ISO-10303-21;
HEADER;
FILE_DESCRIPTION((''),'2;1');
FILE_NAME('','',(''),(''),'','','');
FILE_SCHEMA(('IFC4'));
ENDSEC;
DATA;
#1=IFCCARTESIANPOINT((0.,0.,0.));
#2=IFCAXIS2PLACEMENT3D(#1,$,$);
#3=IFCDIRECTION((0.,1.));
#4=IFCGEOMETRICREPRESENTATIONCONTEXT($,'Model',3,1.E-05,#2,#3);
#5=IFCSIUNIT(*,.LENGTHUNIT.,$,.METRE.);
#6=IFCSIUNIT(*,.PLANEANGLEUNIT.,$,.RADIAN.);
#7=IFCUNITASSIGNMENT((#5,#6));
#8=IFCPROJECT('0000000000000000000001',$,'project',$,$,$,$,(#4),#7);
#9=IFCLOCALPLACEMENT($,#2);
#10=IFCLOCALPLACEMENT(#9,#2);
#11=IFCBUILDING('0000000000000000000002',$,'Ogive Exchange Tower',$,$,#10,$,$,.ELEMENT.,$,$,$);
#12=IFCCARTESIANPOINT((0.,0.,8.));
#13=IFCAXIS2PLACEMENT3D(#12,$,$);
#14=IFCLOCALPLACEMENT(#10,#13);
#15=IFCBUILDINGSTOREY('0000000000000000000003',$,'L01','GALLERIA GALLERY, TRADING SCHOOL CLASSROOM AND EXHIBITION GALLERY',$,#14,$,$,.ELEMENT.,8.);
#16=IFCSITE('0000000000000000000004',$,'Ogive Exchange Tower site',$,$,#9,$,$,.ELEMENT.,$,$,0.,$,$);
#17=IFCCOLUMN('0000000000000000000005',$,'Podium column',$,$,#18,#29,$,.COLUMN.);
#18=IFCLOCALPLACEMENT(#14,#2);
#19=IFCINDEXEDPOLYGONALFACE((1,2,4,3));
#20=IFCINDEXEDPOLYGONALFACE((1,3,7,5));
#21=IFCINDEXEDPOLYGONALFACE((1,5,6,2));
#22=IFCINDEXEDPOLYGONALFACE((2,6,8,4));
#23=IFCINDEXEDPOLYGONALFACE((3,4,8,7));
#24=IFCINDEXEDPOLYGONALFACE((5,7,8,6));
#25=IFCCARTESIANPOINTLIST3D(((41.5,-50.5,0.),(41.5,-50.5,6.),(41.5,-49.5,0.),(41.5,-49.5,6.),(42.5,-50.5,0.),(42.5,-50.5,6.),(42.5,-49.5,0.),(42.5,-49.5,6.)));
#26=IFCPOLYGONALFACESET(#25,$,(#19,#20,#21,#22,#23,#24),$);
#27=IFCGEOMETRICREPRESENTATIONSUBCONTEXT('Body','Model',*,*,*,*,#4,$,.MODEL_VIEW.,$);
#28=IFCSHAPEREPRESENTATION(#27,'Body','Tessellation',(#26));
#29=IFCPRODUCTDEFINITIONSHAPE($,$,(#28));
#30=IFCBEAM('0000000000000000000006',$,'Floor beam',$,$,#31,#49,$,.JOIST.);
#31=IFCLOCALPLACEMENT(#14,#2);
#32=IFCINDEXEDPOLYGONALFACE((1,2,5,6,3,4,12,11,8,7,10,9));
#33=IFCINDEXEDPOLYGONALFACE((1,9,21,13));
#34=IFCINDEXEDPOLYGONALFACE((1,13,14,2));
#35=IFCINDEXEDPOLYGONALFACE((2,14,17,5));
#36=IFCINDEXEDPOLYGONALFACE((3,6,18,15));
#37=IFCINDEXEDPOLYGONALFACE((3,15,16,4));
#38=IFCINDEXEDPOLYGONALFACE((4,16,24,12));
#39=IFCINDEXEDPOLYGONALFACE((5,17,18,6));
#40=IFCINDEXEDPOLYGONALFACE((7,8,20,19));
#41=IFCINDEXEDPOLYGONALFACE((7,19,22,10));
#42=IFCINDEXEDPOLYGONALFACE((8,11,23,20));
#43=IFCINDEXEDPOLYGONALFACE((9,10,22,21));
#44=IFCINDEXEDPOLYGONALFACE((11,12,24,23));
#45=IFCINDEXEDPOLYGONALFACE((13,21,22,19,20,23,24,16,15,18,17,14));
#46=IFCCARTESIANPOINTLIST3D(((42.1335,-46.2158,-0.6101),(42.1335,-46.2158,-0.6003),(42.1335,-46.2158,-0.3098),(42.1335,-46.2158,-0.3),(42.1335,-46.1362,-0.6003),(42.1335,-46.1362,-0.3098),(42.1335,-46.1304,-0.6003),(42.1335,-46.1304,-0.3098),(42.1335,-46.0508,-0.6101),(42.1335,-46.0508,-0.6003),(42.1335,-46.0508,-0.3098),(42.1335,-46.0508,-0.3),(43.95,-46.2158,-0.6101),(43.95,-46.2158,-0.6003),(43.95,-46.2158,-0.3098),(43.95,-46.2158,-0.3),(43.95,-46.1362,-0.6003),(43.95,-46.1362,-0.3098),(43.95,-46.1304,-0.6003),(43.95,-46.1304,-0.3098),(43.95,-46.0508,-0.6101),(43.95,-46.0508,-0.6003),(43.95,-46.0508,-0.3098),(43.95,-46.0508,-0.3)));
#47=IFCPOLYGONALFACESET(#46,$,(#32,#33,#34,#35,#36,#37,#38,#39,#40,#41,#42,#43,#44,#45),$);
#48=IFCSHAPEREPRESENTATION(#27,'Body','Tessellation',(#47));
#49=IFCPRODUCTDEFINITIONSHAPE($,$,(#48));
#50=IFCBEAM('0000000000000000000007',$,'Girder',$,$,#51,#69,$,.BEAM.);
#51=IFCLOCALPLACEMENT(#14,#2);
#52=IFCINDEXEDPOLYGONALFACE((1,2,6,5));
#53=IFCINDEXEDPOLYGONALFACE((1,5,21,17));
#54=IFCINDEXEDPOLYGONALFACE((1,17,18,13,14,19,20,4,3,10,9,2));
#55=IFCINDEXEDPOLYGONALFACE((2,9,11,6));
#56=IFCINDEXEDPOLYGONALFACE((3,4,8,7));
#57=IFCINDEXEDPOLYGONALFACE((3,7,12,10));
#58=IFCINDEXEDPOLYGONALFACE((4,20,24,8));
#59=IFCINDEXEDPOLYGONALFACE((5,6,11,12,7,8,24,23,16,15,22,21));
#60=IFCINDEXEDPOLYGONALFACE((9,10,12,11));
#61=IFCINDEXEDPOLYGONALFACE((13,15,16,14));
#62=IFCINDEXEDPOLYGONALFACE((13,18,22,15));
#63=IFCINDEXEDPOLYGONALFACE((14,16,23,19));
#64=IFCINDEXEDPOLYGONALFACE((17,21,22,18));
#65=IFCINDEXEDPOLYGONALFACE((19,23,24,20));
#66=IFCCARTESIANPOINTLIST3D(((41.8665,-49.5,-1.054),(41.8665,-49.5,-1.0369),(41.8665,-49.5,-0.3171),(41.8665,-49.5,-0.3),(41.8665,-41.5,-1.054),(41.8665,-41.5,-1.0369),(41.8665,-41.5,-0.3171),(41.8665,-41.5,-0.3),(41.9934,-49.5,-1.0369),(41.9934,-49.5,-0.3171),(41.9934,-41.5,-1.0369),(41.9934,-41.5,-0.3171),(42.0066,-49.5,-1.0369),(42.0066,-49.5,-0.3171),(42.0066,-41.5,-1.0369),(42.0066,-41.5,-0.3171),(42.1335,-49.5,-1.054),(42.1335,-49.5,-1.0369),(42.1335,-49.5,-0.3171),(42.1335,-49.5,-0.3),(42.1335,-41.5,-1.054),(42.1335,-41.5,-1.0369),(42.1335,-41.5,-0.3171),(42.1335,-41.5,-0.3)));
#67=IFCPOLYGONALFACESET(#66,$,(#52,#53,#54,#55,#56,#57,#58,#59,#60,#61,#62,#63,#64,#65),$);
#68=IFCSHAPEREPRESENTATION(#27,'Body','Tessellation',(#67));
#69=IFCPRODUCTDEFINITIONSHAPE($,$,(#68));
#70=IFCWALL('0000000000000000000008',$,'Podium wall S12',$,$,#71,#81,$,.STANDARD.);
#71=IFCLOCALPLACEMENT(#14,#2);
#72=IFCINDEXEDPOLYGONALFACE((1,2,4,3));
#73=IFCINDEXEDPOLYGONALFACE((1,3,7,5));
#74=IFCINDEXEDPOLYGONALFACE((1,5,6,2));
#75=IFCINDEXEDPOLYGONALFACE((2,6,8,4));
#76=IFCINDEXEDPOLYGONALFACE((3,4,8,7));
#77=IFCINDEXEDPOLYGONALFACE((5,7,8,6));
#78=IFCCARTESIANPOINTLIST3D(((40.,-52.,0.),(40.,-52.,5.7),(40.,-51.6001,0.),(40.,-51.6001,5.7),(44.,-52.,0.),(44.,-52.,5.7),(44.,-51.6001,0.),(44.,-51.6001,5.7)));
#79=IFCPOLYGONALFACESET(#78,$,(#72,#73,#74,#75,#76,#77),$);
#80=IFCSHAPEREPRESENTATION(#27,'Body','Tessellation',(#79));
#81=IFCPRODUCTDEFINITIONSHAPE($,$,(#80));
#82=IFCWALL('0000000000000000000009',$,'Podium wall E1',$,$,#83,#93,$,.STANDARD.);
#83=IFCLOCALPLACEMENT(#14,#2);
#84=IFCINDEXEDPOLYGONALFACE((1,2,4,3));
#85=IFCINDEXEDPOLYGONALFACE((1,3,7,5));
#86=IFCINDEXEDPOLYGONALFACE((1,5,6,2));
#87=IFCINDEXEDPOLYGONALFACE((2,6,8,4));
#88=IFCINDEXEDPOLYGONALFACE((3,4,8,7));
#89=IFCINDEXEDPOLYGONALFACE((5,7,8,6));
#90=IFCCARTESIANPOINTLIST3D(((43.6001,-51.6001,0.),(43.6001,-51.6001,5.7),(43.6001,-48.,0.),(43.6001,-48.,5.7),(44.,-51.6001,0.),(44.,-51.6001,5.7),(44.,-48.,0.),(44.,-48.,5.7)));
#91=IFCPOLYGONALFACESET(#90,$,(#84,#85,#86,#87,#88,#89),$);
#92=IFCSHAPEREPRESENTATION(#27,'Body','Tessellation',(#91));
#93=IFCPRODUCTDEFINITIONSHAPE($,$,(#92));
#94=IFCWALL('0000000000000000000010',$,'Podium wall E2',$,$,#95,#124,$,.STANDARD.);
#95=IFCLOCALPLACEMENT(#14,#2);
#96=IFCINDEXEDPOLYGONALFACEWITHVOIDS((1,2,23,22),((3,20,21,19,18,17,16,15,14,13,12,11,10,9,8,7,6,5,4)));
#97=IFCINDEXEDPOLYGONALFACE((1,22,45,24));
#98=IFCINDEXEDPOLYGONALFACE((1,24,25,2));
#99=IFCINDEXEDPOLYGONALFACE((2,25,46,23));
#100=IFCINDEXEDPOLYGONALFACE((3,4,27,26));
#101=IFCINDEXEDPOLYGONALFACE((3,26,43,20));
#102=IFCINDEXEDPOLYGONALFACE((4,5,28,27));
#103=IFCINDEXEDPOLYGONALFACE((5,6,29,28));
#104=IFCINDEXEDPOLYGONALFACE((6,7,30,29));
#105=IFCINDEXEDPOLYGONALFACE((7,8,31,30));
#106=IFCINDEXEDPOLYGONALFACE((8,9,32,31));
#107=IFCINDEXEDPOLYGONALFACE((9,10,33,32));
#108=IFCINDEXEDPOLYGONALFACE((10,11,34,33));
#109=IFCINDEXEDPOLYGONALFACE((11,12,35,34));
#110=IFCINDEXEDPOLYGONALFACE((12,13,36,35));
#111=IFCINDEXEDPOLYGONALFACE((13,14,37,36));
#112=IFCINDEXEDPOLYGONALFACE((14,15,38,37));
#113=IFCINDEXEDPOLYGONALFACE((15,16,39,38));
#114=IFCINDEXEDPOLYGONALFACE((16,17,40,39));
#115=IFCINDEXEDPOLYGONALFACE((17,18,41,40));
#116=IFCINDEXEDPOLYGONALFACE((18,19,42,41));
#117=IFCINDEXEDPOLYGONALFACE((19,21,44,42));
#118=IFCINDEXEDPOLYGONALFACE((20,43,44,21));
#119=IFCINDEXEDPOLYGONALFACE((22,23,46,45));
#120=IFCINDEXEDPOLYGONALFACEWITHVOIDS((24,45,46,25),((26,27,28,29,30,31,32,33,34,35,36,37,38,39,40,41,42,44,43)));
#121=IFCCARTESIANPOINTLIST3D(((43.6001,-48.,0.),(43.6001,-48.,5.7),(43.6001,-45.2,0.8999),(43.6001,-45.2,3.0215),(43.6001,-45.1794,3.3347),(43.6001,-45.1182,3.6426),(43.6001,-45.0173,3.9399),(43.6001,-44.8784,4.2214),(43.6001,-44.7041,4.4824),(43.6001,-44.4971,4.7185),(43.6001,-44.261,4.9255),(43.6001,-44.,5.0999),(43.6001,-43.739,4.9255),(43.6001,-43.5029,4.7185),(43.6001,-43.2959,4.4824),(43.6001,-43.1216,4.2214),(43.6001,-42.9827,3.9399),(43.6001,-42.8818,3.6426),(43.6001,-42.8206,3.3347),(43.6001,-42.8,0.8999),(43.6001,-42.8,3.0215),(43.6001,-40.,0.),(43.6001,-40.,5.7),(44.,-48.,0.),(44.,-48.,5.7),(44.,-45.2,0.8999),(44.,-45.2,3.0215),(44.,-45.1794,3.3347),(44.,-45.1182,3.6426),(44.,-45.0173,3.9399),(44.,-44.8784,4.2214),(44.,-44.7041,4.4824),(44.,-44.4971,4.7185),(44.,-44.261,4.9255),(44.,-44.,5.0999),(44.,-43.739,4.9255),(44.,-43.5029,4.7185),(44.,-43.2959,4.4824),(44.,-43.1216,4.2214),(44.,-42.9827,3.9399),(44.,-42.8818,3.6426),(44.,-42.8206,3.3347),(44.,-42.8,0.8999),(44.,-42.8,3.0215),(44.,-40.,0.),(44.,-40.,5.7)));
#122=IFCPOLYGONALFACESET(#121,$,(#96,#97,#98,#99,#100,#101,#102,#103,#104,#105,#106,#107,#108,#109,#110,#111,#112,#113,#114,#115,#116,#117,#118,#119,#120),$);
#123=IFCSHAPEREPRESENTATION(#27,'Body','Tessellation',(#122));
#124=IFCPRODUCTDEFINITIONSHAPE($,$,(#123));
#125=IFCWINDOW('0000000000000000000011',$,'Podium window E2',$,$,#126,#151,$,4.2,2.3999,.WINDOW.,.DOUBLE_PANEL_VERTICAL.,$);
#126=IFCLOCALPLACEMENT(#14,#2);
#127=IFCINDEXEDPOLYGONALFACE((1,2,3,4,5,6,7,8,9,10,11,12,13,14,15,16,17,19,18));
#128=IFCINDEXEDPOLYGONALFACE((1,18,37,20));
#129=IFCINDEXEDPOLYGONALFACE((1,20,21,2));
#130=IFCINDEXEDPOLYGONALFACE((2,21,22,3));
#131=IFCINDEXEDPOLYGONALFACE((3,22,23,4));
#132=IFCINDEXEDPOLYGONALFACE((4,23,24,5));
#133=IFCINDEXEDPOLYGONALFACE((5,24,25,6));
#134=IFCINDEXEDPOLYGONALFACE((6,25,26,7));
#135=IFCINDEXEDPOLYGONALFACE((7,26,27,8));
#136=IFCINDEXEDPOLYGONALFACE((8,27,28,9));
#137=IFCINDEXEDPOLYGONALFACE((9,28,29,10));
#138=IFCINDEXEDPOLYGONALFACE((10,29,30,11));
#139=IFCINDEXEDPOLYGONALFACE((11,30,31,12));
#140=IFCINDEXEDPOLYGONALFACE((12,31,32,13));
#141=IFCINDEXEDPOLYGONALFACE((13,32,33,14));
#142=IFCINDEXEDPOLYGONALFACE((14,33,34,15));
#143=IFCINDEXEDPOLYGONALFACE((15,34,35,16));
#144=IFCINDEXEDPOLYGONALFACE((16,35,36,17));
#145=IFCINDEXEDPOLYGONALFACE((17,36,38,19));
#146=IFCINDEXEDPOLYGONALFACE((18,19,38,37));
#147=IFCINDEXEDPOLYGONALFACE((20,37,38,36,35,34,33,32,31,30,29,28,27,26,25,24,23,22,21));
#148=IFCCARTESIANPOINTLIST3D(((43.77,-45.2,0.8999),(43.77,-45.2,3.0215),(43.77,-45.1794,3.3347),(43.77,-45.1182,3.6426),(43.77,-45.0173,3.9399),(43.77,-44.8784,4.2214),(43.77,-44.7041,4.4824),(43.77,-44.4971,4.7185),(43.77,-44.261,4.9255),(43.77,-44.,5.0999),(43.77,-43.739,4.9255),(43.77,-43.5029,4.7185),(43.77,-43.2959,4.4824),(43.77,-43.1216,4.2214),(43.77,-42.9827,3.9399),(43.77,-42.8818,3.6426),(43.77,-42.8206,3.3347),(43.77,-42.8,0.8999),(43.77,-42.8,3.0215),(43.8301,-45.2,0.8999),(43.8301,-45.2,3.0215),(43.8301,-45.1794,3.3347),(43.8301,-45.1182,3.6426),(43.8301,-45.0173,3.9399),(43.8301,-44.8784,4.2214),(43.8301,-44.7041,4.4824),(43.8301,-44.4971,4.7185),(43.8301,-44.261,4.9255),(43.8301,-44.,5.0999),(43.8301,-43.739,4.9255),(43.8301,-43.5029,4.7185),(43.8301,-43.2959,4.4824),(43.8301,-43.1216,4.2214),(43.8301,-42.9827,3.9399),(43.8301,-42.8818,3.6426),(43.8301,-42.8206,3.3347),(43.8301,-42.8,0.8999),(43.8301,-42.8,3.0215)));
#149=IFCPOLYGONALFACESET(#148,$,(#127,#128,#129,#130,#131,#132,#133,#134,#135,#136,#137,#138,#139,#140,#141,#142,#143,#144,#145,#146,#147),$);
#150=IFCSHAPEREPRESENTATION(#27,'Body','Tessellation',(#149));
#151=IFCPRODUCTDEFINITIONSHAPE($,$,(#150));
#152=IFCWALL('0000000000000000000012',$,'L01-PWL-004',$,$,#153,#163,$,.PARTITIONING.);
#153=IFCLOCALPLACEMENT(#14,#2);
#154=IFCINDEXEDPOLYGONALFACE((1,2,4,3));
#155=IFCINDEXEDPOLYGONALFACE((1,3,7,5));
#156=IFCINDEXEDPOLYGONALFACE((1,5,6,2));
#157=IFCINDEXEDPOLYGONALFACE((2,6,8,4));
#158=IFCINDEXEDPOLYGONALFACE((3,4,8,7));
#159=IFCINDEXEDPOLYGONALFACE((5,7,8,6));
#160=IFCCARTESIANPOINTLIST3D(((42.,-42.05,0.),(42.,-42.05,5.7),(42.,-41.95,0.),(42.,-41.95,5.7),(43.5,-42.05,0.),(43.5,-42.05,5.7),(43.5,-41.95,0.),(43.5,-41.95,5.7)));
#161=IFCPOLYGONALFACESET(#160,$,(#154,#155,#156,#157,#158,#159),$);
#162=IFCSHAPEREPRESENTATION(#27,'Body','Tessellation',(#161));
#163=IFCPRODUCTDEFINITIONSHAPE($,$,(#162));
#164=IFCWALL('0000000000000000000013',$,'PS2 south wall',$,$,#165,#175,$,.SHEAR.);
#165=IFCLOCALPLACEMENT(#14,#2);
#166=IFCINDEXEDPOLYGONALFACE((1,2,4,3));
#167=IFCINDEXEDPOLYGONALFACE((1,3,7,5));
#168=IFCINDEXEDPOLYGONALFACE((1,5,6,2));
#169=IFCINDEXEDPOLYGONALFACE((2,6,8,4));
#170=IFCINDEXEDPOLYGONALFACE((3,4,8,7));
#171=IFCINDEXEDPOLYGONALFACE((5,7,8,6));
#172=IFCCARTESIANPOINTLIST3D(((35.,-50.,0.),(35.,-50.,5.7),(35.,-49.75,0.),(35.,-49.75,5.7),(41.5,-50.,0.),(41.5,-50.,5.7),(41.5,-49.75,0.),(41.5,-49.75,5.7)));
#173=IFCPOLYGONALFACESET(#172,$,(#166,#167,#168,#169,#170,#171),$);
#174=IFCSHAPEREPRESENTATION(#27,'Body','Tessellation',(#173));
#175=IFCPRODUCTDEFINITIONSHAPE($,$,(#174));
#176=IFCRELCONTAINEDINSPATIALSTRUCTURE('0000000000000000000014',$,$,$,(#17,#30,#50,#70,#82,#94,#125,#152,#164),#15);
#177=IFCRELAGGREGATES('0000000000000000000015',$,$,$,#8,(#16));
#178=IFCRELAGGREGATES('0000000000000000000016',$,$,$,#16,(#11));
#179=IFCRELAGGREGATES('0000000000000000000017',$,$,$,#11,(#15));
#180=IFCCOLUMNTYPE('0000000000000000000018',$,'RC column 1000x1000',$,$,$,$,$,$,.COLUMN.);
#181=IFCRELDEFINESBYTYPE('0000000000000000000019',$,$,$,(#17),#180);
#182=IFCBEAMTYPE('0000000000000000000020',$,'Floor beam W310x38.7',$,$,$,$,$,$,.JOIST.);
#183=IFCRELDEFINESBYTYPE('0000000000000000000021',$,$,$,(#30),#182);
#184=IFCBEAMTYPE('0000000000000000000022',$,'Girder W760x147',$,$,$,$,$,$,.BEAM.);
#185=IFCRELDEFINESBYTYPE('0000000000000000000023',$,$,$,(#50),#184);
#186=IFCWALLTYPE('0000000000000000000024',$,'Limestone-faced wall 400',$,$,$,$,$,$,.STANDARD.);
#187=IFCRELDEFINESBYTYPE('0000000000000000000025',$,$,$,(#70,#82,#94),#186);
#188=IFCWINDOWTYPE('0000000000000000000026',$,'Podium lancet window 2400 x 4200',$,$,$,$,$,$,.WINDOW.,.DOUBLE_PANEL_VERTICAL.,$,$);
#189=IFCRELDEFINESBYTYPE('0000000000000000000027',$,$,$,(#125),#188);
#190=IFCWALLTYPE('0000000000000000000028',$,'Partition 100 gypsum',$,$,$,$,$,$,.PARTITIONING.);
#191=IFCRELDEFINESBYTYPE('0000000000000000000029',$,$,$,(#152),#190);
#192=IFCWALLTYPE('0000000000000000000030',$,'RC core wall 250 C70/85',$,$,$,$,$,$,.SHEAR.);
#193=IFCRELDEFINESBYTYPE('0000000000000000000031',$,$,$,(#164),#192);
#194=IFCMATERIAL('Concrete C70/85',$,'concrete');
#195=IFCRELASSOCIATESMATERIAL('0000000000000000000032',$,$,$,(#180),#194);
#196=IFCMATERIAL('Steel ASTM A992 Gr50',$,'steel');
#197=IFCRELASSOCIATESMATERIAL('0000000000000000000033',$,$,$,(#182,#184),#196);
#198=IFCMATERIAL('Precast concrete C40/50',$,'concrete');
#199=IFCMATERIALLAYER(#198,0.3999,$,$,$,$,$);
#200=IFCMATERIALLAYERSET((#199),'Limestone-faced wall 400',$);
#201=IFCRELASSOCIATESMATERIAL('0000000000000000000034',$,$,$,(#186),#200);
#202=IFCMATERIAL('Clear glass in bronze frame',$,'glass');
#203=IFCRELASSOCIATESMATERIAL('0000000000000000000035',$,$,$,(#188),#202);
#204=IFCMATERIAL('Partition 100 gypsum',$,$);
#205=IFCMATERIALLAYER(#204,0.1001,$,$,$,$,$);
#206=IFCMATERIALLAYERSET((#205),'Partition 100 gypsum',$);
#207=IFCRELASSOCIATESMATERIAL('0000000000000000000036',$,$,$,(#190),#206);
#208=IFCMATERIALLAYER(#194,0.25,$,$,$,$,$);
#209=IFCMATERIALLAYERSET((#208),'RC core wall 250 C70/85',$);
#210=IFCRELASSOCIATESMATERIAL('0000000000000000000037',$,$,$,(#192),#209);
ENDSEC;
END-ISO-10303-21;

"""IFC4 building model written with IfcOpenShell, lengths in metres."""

from ifc_helpers import new_model, si_unit, direction, frame, frame_2d, origin, origin_2d, place, context, subcontext, project, spatial, polyline, rectangle, i_section, outline, extrude, material, layer, layer_set, material_profile, profile_set, type_object, element, fill, save


model = new_model("IFC4")

# Units and contexts
model_context = context("Model", 3, precision=1e-05, world=origin(), true_north=direction((0.0, 1.0)))
body_context = subcontext(model_context, "Body", "Model", "MODEL_VIEW")
ifc_project = project(units=[si_unit("LENGTHUNIT", "METRE"), si_unit("PLANEANGLEUNIT", "RADIAN")], contexts=[model_context])

# Site, building, storey
site_placement = place(None, origin())
site = spatial("IfcSite", under=ifc_project, at=site_placement, Name="Ogive Exchange Tower site", CompositionType="ELEMENT", RefElevation=0.0)
building_placement = place(site_placement, origin())
building = spatial("IfcBuilding", under=site, at=building_placement, Name="Ogive Exchange Tower", CompositionType="ELEMENT")
storey_placement = place(building_placement, frame((0.0, 0.0, 8.0)))
storey = spatial("IfcBuildingStorey", under=building, at=storey_placement, Name="L01", Description="GALLERIA GALLERY, TRADING SCHOOL CLASSROOM AND EXHIBITION GALLERY", CompositionType="ELEMENT", Elevation=8.0)

# Column
ifc_material_1 = material(Name="Concrete C70/85", Category="concrete")
ifc_material_profile_1 = material_profile(ifc_material_1, rectangle(XDim=1.0, YDim=1.0, at=origin_2d()), Name="RC 1000x1000")
ifc_profile_set_1 = profile_set([ifc_material_profile_1], Name="Concrete C70/85")
column_type = type_object("IfcColumnType", Name="RC column 1000x1000", PredefinedType="COLUMN", material=ifc_profile_set_1)
column_placement = place(storey_placement, frame((42.0, -50.0, 0.0), z_axis=(0.0, 0.0, 1.0), x_axis=(1.0, 0.0, 0.0)))
element("IfcColumn", 1, at=column_placement, inside=storey, type_object=column_type, Name="Podium column", PredefinedType="COLUMN", context=body_context, shape_type="SweptSolid", body=[
    extrude(rectangle(XDim=1.0, YDim=1.0, at=origin_2d()), origin(), (0.0, 0.0, 1.0), 6.0),
])

# Beams
ifc_material_2 = material(Name="Steel ASTM A992 Gr50", Category="steel")
ifc_material_profile_2 = material_profile(ifc_material_2, i_section(OverallWidth=0.165, OverallDepth=0.3101, WebThickness=0.0059, FlangeThickness=0.0098, at=origin_2d()), Name="W310x38.7")
ifc_profile_set_2 = profile_set([ifc_material_profile_2], Name="Steel ASTM A992 Gr50")
beam_type_1 = type_object("IfcBeamType", Name="Floor beam W310x38.7", PredefinedType="JOIST", material=ifc_profile_set_2)
beam_1_placement = place(storey_placement, frame((42.1335, -46.1333, -0.4551), z_axis=(1.0, 0.0, 0.0), x_axis=(0.0, 1.0, 0.0)))
element("IfcBeam", 2, at=beam_1_placement, inside=storey, type_object=beam_type_1, Name="Floor beam", PredefinedType="JOIST", context=body_context, shape_type="SweptSolid", body=[
    extrude(i_section(OverallWidth=0.165, OverallDepth=0.3101, WebThickness=0.0059, FlangeThickness=0.0098, at=origin_2d()), origin(), (0.0, 0.0, 1.0), 1.8164),
])
ifc_material_profile_3 = material_profile(ifc_material_2, i_section(OverallWidth=0.2671, OverallDepth=0.7539, WebThickness=0.0132, FlangeThickness=0.0171, at=origin_2d()), Name="W760x147")
ifc_profile_set_3 = profile_set([ifc_material_profile_3], Name="Steel ASTM A992 Gr50")
beam_type_2 = type_object("IfcBeamType", Name="Girder W760x147", PredefinedType="BEAM", material=ifc_profile_set_3)
beam_2_placement = place(storey_placement, frame((42.0, -49.5, -0.677), z_axis=(0.0, 1.0, 0.0), x_axis=(-1.0, 0.0, 0.0)))
element("IfcBeam", 3, at=beam_2_placement, inside=storey, type_object=beam_type_2, Name="Girder", PredefinedType="BEAM", context=body_context, shape_type="SweptSolid", body=[
    extrude(i_section(OverallWidth=0.2671, OverallDepth=0.7539, WebThickness=0.0132, FlangeThickness=0.0171, at=origin_2d()), origin(), (0.0, 0.0, 1.0), 8.0),
])

# Walls
ifc_material_3 = material(Name="Precast concrete C40/50", Category="concrete")
ifc_layer_1 = layer(ifc_material_3, 0.3999)
ifc_layer_set_1 = layer_set([ifc_layer_1], Name="Limestone-faced wall 400")
wall_type_1 = type_object("IfcWallType", Name="Limestone-faced wall 400", PredefinedType="STANDARD", material=ifc_layer_set_1)
wall_1_placement = place(storey_placement, frame((40.0, -51.8, 0.0), z_axis=(0.0, 0.0, 1.0), x_axis=(1.0, 0.0, 0.0)))
element("IfcWall", 4, at=wall_1_placement, inside=storey, type_object=wall_type_1, Name="Podium wall S12", PredefinedType="STANDARD", context=body_context, shape_type="SweptSolid", body=[
    extrude(rectangle(XDim=4.0, YDim=0.3999, at=frame_2d((2.0, 0.0))), origin(), (0.0, 0.0, 1.0), 5.7),
])
wall_2_placement = place(storey_placement, frame((43.8, -51.6001, 0.0), z_axis=(0.0, 0.0, 1.0), x_axis=(0.0, 1.0, 0.0)))
element("IfcWall", 5, at=wall_2_placement, inside=storey, type_object=wall_type_1, Name="Podium wall E1", PredefinedType="STANDARD", context=body_context, shape_type="SweptSolid", body=[
    extrude(rectangle(XDim=3.6001, YDim=0.3999, at=frame_2d((1.8, 0.0))), origin(), (0.0, 0.0, 1.0), 5.7),
])

# Wall, opening, window
wall_3_placement = place(storey_placement, frame((43.8, -48.0, 0.0), z_axis=(0.0, 0.0, 1.0), x_axis=(0.0, 1.0, 0.0)))
wall_3 = element("IfcWall", 6, at=wall_3_placement, inside=storey, type_object=wall_type_1, Name="Podium wall E2", PredefinedType="STANDARD", context=body_context, shape_type="SweptSolid", body=[
    extrude(rectangle(XDim=8.0, YDim=0.3999, at=frame_2d((4.0, 0.0))), origin(), (0.0, 0.0, 1.0), 5.7),
])
opening_1_placement = place(wall_3_placement, frame((2.8, 0.0, 0.8999)))
opening_1 = element("IfcOpeningElement", 7, at=opening_1_placement, cuts=wall_3, PredefinedType="OPENING", context=body_context, shape_type="SweptSolid", body=[
    extrude(outline(polyline([(0.0, 0.0), (2.3999, 0.0), (2.3999, 2.1216), (2.3794, 2.4348), (2.3181, 2.7427), (2.2173, 3.04), (2.0784, 3.3215), (1.9041, 3.5825), (1.697, 3.8186), (1.4609, 4.0256), (1.2, 4.2), (0.939, 4.0256), (0.7029, 3.8186), (0.4958, 3.5825), (0.3215, 3.3215), (0.1826, 3.04), (0.0818, 2.7427), (0.0205, 2.4348), (0.0, 2.1216), (0.0, 0.0)])), frame((0.0, 0.21, 0.0), z_axis=(0.0, -1.0, 0.0), x_axis=(1.0, 0.0, 0.0)), (0.0, 0.0, 1.0), 0.4199),
])
ifc_material_4 = material(Name="Clear glass in bronze frame", Category="glass")
window_type = type_object("IfcWindowType", Name="Podium lancet window 2400 x 4200", PartitioningType="DOUBLE_PANEL_VERTICAL", PredefinedType="WINDOW", material=ifc_material_4)
window_placement = place(opening_1_placement, origin())
window = element("IfcWindow", 8, at=window_placement, inside=storey, type_object=window_type, Name="Podium window E2", OverallHeight=4.2, OverallWidth=2.3999, PartitioningType="DOUBLE_PANEL_VERTICAL", PredefinedType="WINDOW", context=body_context, shape_type="SweptSolid", body=[
    extrude(outline(polyline([(0.0, 0.0), (2.3999, 0.0), (2.3999, 2.1216), (2.3794, 2.4348), (2.3181, 2.7427), (2.2173, 3.04), (2.0784, 3.3215), (1.9041, 3.5825), (1.697, 3.8186), (1.4609, 4.0256), (1.2, 4.2), (0.939, 4.0256), (0.7029, 3.8186), (0.4958, 3.5825), (0.3215, 3.3215), (0.1826, 3.04), (0.0818, 2.7427), (0.0205, 2.4348), (0.0, 2.1216), (0.0, 0.0)])), frame((0.0, 0.03, 0.0), z_axis=(0.0, -1.0, 0.0), x_axis=(1.0, 0.0, 0.0)), (0.0, 0.0, 1.0), 0.0601),
])
fill(opening_1, window)

# Walls
ifc_material_5 = material(Name="Partition 100 gypsum")
ifc_layer_2 = layer(ifc_material_5, 0.1001)
ifc_layer_set_2 = layer_set([ifc_layer_2], Name="Partition 100 gypsum")
wall_type_2 = type_object("IfcWallType", Name="Partition 100 gypsum", PredefinedType="PARTITIONING", material=ifc_layer_set_2)
wall_4_placement = place(storey_placement, frame((42.0, -42.0, 0.0), z_axis=(0.0, 0.0, 1.0), x_axis=(1.0, 0.0, 0.0)))
element("IfcWall", 9, at=wall_4_placement, inside=storey, type_object=wall_type_2, Name="L01-PWL-004", PredefinedType="PARTITIONING", context=body_context, shape_type="SweptSolid", body=[
    extrude(rectangle(XDim=1.5, YDim=0.1001, at=frame_2d((0.75, 0.0))), origin(), (0.0, 0.0, 1.0), 5.7),
])
ifc_layer_3 = layer(ifc_material_1, 0.25)
ifc_layer_set_3 = layer_set([ifc_layer_3], Name="RC core wall 250 C70/85")
wall_type_3 = type_object("IfcWallType", Name="RC core wall 250 C70/85", PredefinedType="SHEAR", material=ifc_layer_set_3)
wall_5_placement = place(storey_placement, frame((35.0, -49.875, 0.0), z_axis=(0.0, 0.0, 1.0), x_axis=(1.0, 0.0, 0.0)))
element("IfcWall", 10, at=wall_5_placement, inside=storey, type_object=wall_type_3, Name="PS2 south wall", PredefinedType="SHEAR", context=body_context, shape_type="SweptSolid", body=[
    extrude(rectangle(XDim=6.5, YDim=0.25, at=frame_2d((3.25, 0.0))), origin(), (0.0, 0.0, 1.0), 5.7),
])

save(model, "model.ifc")
